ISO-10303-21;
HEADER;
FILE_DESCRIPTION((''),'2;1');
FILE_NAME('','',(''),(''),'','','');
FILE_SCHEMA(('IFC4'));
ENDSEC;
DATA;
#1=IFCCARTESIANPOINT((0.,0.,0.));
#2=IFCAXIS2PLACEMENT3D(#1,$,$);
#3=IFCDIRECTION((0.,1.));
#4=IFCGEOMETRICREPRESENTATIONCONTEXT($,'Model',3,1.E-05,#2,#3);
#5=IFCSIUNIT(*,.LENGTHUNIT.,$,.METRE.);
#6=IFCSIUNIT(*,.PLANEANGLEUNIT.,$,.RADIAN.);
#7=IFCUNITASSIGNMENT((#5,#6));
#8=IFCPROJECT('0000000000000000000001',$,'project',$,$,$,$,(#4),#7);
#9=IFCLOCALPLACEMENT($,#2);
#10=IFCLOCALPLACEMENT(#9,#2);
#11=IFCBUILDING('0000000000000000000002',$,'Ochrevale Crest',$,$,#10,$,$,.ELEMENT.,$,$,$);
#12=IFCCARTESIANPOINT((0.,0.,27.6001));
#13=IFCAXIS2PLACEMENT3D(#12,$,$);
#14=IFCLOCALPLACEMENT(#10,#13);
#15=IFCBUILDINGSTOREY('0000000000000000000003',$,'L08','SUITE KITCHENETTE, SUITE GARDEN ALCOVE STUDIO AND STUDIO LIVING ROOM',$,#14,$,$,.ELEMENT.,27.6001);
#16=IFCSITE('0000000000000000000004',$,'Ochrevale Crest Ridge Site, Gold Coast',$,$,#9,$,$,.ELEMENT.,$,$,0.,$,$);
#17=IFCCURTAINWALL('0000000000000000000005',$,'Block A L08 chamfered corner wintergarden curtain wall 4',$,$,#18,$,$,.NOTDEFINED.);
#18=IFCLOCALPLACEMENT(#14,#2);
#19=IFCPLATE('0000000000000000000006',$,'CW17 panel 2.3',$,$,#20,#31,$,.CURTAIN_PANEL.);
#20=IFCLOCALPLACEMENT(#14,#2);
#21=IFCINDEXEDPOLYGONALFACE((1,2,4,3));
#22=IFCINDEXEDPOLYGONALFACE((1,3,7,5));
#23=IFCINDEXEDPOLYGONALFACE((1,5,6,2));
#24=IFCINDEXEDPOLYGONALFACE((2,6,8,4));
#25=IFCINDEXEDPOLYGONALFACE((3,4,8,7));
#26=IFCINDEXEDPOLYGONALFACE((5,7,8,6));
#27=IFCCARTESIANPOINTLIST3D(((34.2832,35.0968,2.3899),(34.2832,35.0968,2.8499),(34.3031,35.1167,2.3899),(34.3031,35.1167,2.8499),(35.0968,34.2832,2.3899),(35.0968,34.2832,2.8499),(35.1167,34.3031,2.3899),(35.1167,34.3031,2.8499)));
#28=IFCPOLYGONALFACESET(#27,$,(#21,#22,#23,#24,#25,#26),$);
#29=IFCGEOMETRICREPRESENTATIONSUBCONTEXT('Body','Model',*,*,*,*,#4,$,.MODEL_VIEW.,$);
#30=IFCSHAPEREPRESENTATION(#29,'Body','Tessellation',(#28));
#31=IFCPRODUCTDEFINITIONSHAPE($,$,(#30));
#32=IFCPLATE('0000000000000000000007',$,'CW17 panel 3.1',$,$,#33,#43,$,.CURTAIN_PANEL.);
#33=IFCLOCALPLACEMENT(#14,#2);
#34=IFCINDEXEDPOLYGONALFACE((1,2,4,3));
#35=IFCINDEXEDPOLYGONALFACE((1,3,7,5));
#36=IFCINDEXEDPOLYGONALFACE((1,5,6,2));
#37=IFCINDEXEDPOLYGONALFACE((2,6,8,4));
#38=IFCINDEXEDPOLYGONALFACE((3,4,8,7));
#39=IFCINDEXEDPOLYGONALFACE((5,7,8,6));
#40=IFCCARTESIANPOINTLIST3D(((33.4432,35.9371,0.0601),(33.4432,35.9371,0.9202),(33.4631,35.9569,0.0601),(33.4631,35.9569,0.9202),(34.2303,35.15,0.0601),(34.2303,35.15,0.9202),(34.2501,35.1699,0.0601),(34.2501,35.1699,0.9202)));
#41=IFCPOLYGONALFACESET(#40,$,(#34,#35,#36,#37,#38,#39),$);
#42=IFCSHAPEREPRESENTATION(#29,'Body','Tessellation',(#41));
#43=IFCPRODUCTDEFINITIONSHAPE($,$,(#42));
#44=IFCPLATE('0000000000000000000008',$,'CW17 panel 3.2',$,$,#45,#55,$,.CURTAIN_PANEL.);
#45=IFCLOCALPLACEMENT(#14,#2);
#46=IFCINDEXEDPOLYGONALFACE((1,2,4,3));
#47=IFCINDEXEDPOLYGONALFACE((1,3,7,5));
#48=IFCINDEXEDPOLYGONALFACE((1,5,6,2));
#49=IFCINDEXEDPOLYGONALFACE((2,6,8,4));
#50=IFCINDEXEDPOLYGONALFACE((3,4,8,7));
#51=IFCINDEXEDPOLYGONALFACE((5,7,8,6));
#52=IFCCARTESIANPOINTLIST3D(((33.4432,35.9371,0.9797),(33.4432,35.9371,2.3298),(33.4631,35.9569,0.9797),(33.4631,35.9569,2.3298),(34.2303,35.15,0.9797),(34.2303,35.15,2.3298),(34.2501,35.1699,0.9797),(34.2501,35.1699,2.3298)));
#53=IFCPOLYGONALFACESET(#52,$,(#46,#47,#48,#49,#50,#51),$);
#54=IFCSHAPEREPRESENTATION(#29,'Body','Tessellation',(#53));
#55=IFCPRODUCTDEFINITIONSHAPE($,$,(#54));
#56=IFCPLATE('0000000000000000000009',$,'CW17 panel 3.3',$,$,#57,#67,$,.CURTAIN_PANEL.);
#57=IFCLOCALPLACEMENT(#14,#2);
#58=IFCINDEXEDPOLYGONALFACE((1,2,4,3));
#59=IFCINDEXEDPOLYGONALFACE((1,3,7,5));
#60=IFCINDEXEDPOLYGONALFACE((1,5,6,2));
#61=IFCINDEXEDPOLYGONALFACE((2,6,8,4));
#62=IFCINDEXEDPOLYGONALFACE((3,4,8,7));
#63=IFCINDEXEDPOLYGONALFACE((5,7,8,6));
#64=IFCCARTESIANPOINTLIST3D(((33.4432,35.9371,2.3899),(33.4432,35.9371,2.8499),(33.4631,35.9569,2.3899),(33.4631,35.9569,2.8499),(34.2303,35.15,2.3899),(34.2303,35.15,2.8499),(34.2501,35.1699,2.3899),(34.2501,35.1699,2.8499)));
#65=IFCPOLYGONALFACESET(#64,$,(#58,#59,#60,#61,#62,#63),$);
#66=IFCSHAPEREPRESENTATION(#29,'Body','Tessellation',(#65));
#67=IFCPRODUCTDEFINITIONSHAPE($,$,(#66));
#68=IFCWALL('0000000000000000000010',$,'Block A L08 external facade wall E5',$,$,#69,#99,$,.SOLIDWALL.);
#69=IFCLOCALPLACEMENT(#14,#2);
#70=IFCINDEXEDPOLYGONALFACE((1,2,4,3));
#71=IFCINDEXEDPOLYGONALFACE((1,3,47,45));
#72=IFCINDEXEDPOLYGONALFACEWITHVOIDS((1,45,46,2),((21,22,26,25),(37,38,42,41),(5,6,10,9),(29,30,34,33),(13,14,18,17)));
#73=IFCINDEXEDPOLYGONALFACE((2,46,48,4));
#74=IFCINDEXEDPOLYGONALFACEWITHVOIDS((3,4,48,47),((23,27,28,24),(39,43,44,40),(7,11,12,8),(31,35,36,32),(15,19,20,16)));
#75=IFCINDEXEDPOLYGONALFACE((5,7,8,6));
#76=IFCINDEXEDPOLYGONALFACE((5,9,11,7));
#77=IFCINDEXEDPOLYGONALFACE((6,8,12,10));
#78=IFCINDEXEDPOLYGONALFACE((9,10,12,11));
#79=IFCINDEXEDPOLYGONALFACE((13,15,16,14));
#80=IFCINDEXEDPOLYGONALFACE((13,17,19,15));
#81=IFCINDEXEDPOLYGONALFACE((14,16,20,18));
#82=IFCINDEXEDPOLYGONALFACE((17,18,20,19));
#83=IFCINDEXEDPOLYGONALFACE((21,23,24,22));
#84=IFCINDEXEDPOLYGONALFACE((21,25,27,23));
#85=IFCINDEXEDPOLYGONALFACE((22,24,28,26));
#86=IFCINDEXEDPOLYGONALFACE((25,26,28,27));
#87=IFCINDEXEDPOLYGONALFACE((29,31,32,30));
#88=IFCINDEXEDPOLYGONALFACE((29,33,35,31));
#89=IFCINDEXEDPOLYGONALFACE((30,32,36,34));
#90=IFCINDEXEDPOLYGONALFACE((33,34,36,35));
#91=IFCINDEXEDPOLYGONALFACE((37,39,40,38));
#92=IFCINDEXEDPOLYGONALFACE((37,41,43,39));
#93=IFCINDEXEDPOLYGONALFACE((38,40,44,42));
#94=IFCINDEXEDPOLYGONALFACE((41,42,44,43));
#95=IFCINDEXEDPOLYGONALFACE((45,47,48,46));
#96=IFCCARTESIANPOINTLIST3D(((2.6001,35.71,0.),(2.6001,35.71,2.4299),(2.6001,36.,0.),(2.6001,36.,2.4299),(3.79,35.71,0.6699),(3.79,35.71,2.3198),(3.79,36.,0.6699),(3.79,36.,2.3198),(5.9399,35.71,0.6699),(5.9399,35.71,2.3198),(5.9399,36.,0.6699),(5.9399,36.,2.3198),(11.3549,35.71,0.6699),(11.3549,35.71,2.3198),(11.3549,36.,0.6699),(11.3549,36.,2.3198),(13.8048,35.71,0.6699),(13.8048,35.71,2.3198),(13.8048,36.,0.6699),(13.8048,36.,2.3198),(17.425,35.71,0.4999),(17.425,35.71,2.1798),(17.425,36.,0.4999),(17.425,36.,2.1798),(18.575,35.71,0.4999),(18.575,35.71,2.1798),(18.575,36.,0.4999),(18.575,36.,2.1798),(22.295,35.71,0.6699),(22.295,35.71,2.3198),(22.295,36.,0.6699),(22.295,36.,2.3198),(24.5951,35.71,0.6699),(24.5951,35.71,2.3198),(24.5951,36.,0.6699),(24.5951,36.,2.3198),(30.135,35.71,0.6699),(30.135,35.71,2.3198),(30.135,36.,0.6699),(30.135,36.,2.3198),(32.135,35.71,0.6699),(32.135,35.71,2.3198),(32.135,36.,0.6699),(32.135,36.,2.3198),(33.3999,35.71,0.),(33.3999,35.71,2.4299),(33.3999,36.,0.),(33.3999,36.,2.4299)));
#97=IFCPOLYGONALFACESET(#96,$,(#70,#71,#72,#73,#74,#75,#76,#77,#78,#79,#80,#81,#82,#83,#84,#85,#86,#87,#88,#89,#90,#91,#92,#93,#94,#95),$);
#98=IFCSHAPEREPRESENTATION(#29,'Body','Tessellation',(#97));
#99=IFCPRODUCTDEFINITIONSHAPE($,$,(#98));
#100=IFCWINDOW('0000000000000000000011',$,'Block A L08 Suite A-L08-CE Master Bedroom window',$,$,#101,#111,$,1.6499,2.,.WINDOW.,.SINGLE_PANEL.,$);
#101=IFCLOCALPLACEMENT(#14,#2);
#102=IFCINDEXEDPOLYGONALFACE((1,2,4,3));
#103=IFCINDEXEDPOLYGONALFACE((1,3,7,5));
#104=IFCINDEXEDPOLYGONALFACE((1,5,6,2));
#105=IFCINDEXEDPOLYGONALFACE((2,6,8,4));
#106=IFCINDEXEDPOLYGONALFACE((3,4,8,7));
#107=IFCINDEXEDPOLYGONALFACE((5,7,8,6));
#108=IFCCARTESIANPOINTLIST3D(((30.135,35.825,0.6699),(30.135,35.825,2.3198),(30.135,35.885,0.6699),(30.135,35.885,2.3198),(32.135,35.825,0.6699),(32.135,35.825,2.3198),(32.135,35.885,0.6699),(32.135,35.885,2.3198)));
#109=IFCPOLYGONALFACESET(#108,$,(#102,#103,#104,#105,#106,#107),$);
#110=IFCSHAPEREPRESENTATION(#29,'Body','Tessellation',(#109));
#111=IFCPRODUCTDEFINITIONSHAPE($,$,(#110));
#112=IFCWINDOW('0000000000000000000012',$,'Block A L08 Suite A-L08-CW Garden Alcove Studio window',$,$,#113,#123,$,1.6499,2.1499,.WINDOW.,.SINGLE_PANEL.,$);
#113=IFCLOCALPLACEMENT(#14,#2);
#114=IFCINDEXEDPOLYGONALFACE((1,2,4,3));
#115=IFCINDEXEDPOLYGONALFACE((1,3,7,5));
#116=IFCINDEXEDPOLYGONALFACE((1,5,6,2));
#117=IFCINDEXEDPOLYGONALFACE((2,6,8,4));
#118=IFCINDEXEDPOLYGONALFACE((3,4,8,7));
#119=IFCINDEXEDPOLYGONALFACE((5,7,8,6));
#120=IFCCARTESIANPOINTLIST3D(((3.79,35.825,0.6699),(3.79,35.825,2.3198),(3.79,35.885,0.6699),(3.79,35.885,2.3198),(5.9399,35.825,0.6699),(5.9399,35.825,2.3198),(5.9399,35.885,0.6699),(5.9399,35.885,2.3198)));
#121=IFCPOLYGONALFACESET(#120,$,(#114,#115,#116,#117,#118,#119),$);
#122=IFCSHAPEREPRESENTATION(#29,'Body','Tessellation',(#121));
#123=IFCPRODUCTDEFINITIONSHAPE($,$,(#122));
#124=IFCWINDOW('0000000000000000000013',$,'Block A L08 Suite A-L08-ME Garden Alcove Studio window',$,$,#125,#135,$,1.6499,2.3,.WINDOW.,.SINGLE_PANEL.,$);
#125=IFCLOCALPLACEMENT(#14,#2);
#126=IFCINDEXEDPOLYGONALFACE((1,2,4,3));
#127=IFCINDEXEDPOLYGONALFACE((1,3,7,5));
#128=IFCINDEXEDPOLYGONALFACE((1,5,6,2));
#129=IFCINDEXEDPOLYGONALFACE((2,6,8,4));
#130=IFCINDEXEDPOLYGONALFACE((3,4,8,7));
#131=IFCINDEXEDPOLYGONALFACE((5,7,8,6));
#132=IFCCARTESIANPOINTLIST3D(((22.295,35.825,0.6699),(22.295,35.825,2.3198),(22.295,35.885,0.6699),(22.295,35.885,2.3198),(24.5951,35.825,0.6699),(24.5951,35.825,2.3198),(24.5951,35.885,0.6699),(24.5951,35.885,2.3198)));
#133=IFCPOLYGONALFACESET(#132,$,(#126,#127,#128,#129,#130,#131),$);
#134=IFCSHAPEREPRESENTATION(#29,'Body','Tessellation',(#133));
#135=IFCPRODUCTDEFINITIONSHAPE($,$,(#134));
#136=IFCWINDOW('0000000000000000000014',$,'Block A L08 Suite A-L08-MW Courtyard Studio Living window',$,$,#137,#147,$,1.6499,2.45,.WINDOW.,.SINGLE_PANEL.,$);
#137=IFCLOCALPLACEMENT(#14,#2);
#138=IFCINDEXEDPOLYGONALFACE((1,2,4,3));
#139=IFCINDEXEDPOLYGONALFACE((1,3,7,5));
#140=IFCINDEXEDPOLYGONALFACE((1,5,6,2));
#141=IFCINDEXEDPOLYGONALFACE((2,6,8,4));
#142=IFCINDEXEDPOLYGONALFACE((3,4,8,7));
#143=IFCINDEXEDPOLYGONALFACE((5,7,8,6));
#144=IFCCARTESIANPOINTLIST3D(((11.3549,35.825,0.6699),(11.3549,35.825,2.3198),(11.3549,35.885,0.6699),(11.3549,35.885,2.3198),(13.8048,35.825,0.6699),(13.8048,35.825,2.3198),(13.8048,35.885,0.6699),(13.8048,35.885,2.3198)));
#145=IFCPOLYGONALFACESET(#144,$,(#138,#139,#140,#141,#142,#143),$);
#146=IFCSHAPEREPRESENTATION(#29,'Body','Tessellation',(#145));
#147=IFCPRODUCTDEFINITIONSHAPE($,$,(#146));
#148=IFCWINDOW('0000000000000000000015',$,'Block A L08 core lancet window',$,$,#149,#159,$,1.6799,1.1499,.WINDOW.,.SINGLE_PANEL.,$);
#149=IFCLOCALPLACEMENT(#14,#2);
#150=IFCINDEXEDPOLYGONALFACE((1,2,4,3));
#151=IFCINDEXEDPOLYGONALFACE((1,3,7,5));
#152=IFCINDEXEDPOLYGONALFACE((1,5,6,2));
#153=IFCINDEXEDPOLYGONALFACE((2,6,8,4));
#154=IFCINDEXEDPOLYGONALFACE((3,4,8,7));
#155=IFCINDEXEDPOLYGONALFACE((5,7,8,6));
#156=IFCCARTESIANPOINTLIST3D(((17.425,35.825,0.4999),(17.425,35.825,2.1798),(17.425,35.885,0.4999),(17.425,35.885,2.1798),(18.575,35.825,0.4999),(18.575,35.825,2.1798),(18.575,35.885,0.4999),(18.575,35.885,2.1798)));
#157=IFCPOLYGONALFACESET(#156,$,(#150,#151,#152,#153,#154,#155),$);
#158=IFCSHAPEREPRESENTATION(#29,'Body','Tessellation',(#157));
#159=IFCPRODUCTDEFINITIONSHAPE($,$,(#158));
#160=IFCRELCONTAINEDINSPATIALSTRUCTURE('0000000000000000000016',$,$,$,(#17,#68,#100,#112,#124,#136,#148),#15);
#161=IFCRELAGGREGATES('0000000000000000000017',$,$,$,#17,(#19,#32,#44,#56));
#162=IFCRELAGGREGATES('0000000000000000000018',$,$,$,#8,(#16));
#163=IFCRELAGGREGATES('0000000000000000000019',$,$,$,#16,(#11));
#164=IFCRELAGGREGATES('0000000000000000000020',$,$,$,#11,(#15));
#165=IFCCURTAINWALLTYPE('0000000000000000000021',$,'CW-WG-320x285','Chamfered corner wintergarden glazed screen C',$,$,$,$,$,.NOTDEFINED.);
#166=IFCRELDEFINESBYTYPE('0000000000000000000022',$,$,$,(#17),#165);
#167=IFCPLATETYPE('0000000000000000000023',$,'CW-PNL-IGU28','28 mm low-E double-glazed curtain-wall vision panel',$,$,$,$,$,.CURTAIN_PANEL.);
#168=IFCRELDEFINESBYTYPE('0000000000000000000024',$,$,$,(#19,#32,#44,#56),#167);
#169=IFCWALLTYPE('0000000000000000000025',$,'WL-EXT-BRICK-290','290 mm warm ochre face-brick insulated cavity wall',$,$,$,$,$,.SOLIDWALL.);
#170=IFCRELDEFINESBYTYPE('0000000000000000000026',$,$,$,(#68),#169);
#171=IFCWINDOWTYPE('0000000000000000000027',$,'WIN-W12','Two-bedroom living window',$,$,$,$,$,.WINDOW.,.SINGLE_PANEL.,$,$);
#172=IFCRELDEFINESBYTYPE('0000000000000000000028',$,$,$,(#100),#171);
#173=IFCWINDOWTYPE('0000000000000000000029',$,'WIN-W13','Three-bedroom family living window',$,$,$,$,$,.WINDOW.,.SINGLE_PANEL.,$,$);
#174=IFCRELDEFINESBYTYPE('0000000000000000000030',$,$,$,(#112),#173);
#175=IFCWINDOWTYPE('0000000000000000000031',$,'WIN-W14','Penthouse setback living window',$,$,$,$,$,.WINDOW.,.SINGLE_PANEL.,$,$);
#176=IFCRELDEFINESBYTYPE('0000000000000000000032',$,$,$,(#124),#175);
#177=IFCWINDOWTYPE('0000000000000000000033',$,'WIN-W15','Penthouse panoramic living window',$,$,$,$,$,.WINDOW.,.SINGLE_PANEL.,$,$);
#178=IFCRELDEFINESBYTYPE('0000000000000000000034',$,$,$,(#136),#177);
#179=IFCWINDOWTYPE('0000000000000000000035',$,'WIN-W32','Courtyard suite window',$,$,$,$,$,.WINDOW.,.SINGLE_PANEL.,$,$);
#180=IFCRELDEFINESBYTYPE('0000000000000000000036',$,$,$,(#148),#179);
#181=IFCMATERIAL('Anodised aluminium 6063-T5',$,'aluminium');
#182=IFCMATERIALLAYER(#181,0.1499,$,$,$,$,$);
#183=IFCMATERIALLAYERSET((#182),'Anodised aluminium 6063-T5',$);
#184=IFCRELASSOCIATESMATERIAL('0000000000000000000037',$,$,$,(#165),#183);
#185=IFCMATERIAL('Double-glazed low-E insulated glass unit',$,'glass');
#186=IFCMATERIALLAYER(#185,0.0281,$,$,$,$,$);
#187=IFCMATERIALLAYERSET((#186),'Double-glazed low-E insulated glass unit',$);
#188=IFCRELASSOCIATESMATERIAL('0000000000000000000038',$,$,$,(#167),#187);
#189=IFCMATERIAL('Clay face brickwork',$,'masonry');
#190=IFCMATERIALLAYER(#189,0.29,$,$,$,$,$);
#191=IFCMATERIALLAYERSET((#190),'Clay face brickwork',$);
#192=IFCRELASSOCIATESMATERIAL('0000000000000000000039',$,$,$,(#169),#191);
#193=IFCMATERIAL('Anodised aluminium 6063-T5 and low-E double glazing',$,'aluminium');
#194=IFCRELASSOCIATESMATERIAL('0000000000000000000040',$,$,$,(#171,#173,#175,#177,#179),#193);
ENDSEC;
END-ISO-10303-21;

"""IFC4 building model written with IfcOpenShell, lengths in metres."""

from ifc_helpers import new_model, si_unit, direction, frame, frame_2d, origin, origin_2d, place, context, subcontext, project, spatial, rectangle, extrude, material, layer, layer_set, type_object, element, fill, aggregate, save


model = new_model("IFC4")

# Units and contexts
model_context = context("Model", 3, precision=1e-05, world=origin(), true_north=direction((0.0, 1.0)))
body_context = subcontext(model_context, "Body", "Model", "MODEL_VIEW")
ifc_project = project(units=[si_unit("LENGTHUNIT", "METRE"), si_unit("PLANEANGLEUNIT", "RADIAN")], contexts=[model_context])

# Site, building, storey
site_placement = place(None, origin())
site = spatial("IfcSite", under=ifc_project, at=site_placement, Name="Ochrevale Crest Ridge Site, Gold Coast", CompositionType="ELEMENT", RefElevation=0.0)
building_placement = place(site_placement, origin())
building = spatial("IfcBuilding", under=site, at=building_placement, Name="Ochrevale Crest", CompositionType="ELEMENT")
storey_placement = place(building_placement, frame((0.0, 0.0, 27.6001)))
storey = spatial("IfcBuildingStorey", under=building, at=storey_placement, Name="L08", Description="SUITE KITCHENETTE, SUITE GARDEN ALCOVE STUDIO AND STUDIO LIVING ROOM", CompositionType="ELEMENT", Elevation=27.6001)

# Curtain wall, plates
ifc_material_1 = material(Name="Anodised aluminium 6063-T5", Category="aluminium")
ifc_layer_1 = layer(ifc_material_1, 0.1499)
ifc_layer_set_1 = layer_set([ifc_layer_1], Name="Anodised aluminium 6063-T5")
curtain_wall_type = type_object("IfcCurtainWallType", Name="CW-WG-320x285", Description="Chamfered corner wintergarden glazed screen C", PredefinedType="NOTDEFINED", material=ifc_layer_set_1)
curtain_wall_placement = place(storey_placement, origin())
curtain_wall = element("IfcCurtainWall", 1, at=curtain_wall_placement, inside=storey, type_object=curtain_wall_type, Name="Block A L08 chamfered corner wintergarden curtain wall 4", PredefinedType="NOTDEFINED")
ifc_material_2 = material(Name="Double-glazed low-E insulated glass unit", Category="glass")
ifc_layer_2 = layer(ifc_material_2, 0.0281)
ifc_layer_set_2 = layer_set([ifc_layer_2], Name="Double-glazed low-E insulated glass unit")
plate_type = type_object("IfcPlateType", Name="CW-PNL-IGU28", Description="28 mm low-E double-glazed curtain-wall vision panel", PredefinedType="CURTAIN_PANEL", material=ifc_layer_set_2)
plate_1_placement = place(storey_placement, frame((34.7, 34.7, 2.3899), z_axis=(0.0, 0.0, 1.0), x_axis=(-0.707107, 0.707107, 0.0)))
plate_1 = element("IfcPlate", 2, at=plate_1_placement, type_object=plate_type, Name="CW17 panel 2.3", PredefinedType="CURTAIN_PANEL", context=body_context, shape_type="SweptSolid", body=[
    extrude(rectangle(XDim=1.1506, YDim=0.0281, at=origin_2d()), origin(), (0.0, 0.0, 1.0), 0.46),
])
plate_2_placement = place(storey_placement, frame((33.8467, 35.5535, 0.0601), z_axis=(0.0, 0.0, 1.0), x_axis=(-0.707107, 0.707107, 0.0)))
plate_2 = element("IfcPlate", 3, at=plate_2_placement, type_object=plate_type, Name="CW17 panel 3.1", PredefinedType="CURTAIN_PANEL", context=body_context, shape_type="SweptSolid", body=[
    extrude(rectangle(XDim=1.113, YDim=0.0281, at=origin_2d()), origin(), (0.0, 0.0, 1.0), 0.8601),
])
plate_3_placement = place(storey_placement, frame((33.8467, 35.5535, 0.9797), z_axis=(0.0, 0.0, 1.0), x_axis=(-0.707107, 0.707107, 0.0)))
plate_3 = element("IfcPlate", 4, at=plate_3_placement, type_object=plate_type, Name="CW17 panel 3.2", PredefinedType="CURTAIN_PANEL", context=body_context, shape_type="SweptSolid", body=[
    extrude(rectangle(XDim=1.113, YDim=0.0281, at=origin_2d()), origin(), (0.0, 0.0, 1.0), 1.3501),
])
plate_4_placement = place(storey_placement, frame((33.8467, 35.5535, 2.3899), z_axis=(0.0, 0.0, 1.0), x_axis=(-0.707107, 0.707107, 0.0)))
plate_4 = element("IfcPlate", 5, at=plate_4_placement, type_object=plate_type, Name="CW17 panel 3.3", PredefinedType="CURTAIN_PANEL", context=body_context, shape_type="SweptSolid", body=[
    extrude(rectangle(XDim=1.113, YDim=0.0281, at=origin_2d()), origin(), (0.0, 0.0, 1.0), 0.46),
])
aggregate(curtain_wall, [plate_1, plate_2, plate_3, plate_4])

# Wall, openings, windows
ifc_material_3 = material(Name="Clay face brickwork", Category="masonry")
ifc_layer_3 = layer(ifc_material_3, 0.29)
ifc_layer_set_3 = layer_set([ifc_layer_3], Name="Clay face brickwork")
wall_type = type_object("IfcWallType", Name="WL-EXT-BRICK-290", Description="290 mm warm ochre face-brick insulated cavity wall", PredefinedType="SOLIDWALL", material=ifc_layer_set_3)
wall_placement = place(storey_placement, frame((33.3999, 35.855, 0.0), z_axis=(0.0, 0.0, 1.0), x_axis=(-1.0, 0.0, 0.0)))
wall = element("IfcWall", 6, at=wall_placement, inside=storey, type_object=wall_type, Name="Block A L08 external facade wall E5", PredefinedType="SOLIDWALL", context=body_context, shape_type="SweptSolid", body=[
    extrude(rectangle(XDim=30.7998, YDim=0.29, at=frame_2d((15.3999, 0.0))), origin(), (0.0, 0.0, 1.0), 2.4299),
])
opening_1_placement = place(wall_placement, frame((14.825, 0.0, 0.5)))
opening_1 = element("IfcOpeningElement", 7, at=opening_1_placement, cuts=wall, PredefinedType="OPENING", context=body_context, shape_type="SweptSolid", body=[
    extrude(rectangle(XDim=1.1499, YDim=1.6799, at=frame_2d((0.575, 0.8398))), frame((0.0, 0.155, 0.0), z_axis=(0.0, -1.0, 0.0), x_axis=(1.0, 0.0, 0.0)), (0.0, 0.0, 1.0), 0.3101),
])
opening_2_placement = place(wall_placement, frame((1.2649, 0.0, 0.6699)))
opening_2 = element("IfcOpeningElement", 8, at=opening_2_placement, cuts=wall, PredefinedType="OPENING", context=body_context, shape_type="SweptSolid", body=[
    extrude(rectangle(XDim=2.0, YDim=1.6499, at=frame_2d((1.0, 0.825))), frame((0.0, 0.155, 0.0), z_axis=(0.0, -1.0, 0.0), x_axis=(1.0, 0.0, 0.0)), (0.0, 0.0, 1.0), 0.3101),
])
opening_3_placement = place(wall_placement, frame((27.46, 0.0, 0.6699)))
opening_3 = element("IfcOpeningElement", 9, at=opening_3_placement, cuts=wall, PredefinedType="OPENING", context=body_context, shape_type="SweptSolid", body=[
    extrude(rectangle(XDim=2.1499, YDim=1.6499, at=frame_2d((1.075, 0.825))), frame((0.0, 0.155, 0.0), z_axis=(0.0, -1.0, 0.0), x_axis=(1.0, 0.0, 0.0)), (0.0, 0.0, 1.0), 0.3101),
])
opening_4_placement = place(wall_placement, frame((8.8049, 0.0, 0.6699)))
opening_4 = element("IfcOpeningElement", 10, at=opening_4_placement, cuts=wall, PredefinedType="OPENING", context=body_context, shape_type="SweptSolid", body=[
    extrude(rectangle(XDim=2.3, YDim=1.6499, at=frame_2d((1.1499, 0.825))), frame((0.0, 0.155, 0.0), z_axis=(0.0, -1.0, 0.0), x_axis=(1.0, 0.0, 0.0)), (0.0, 0.0, 1.0), 0.3101),
])
opening_5_placement = place(wall_placement, frame((19.595, 0.0, 0.6699)))
opening_5 = element("IfcOpeningElement", 11, at=opening_5_placement, cuts=wall, PredefinedType="OPENING", context=body_context, shape_type="SweptSolid", body=[
    extrude(rectangle(XDim=2.45, YDim=1.6499, at=frame_2d((1.2251, 0.825))), frame((0.0, 0.155, 0.0), z_axis=(0.0, -1.0, 0.0), x_axis=(1.0, 0.0, 0.0)), (0.0, 0.0, 1.0), 0.3101),
])
ifc_material_4 = material(Name="Anodised aluminium 6063-T5 and low-E double glazing", Category="aluminium")
window_type_1 = type_object("IfcWindowType", Name="WIN-W12", Description="Two-bedroom living window", PartitioningType="SINGLE_PANEL", PredefinedType="WINDOW", material=ifc_material_4)
window_1_placement = place(opening_2_placement, origin())
window_1 = element("IfcWindow", 12, at=window_1_placement, inside=storey, type_object=window_type_1, Name="Block A L08 Suite A-L08-CE Master Bedroom window", OverallHeight=1.6499, OverallWidth=2.0, PartitioningType="SINGLE_PANEL", PredefinedType="WINDOW", context=body_context, shape_type="SweptSolid", body=[
    extrude(rectangle(XDim=2.0, YDim=1.6499, at=frame_2d((1.0, 0.825))), frame((0.0, 0.03, 0.0), z_axis=(0.0, -1.0, 0.0), x_axis=(1.0, 0.0, 0.0)), (0.0, 0.0, 1.0), 0.0601),
])
fill(opening_2, window_1)
window_type_2 = type_object("IfcWindowType", Name="WIN-W13", Description="Three-bedroom family living window", PartitioningType="SINGLE_PANEL", PredefinedType="WINDOW", material=ifc_material_4)
window_2_placement = place(opening_3_placement, origin())
window_2 = element("IfcWindow", 13, at=window_2_placement, inside=storey, type_object=window_type_2, Name="Block A L08 Suite A-L08-CW Garden Alcove Studio window", OverallHeight=1.6499, OverallWidth=2.1499, PartitioningType="SINGLE_PANEL", PredefinedType="WINDOW", context=body_context, shape_type="SweptSolid", body=[
    extrude(rectangle(XDim=2.1499, YDim=1.6499, at=frame_2d((1.075, 0.825))), frame((0.0, 0.03, 0.0), z_axis=(0.0, -1.0, 0.0), x_axis=(1.0, 0.0, 0.0)), (0.0, 0.0, 1.0), 0.0601),
])
fill(opening_3, window_2)
window_type_3 = type_object("IfcWindowType", Name="WIN-W14", Description="Penthouse setback living window", PartitioningType="SINGLE_PANEL", PredefinedType="WINDOW", material=ifc_material_4)
window_3_placement = place(opening_4_placement, origin())
window_3 = element("IfcWindow", 14, at=window_3_placement, inside=storey, type_object=window_type_3, Name="Block A L08 Suite A-L08-ME Garden Alcove Studio window", OverallHeight=1.6499, OverallWidth=2.3, PartitioningType="SINGLE_PANEL", PredefinedType="WINDOW", context=body_context, shape_type="SweptSolid", body=[
    extrude(rectangle(XDim=2.3, YDim=1.6499, at=frame_2d((1.1499, 0.825))), frame((0.0, 0.03, 0.0), z_axis=(0.0, -1.0, 0.0), x_axis=(1.0, 0.0, 0.0)), (0.0, 0.0, 1.0), 0.0601),
])
fill(opening_4, window_3)
window_type_4 = type_object("IfcWindowType", Name="WIN-W15", Description="Penthouse panoramic living window", PartitioningType="SINGLE_PANEL", PredefinedType="WINDOW", material=ifc_material_4)
window_4_placement = place(opening_5_placement, origin())
window_4 = element("IfcWindow", 15, at=window_4_placement, inside=storey, type_object=window_type_4, Name="Block A L08 Suite A-L08-MW Courtyard Studio Living window", OverallHeight=1.6499, OverallWidth=2.45, PartitioningType="SINGLE_PANEL", PredefinedType="WINDOW", context=body_context, shape_type="SweptSolid", body=[
    extrude(rectangle(XDim=2.45, YDim=1.6499, at=frame_2d((1.2251, 0.825))), frame((0.0, 0.03, 0.0), z_axis=(0.0, -1.0, 0.0), x_axis=(1.0, 0.0, 0.0)), (0.0, 0.0, 1.0), 0.0601),
])
fill(opening_5, window_4)
window_type_5 = type_object("IfcWindowType", Name="WIN-W32", Description="Courtyard suite window", PartitioningType="SINGLE_PANEL", PredefinedType="WINDOW", material=ifc_material_4)
window_5_placement = place(opening_1_placement, origin())
window_5 = element("IfcWindow", 16, at=window_5_placement, inside=storey, type_object=window_type_5, Name="Block A L08 core lancet window", OverallHeight=1.6799, OverallWidth=1.1499, PartitioningType="SINGLE_PANEL", PredefinedType="WINDOW", context=body_context, shape_type="SweptSolid", body=[
    extrude(rectangle(XDim=1.1499, YDim=1.6799, at=frame_2d((0.575, 0.8398))), frame((0.0, 0.03, 0.0), z_axis=(0.0, -1.0, 0.0), x_axis=(1.0, 0.0, 0.0)), (0.0, 0.0, 1.0), 0.0601),
])
fill(opening_1, window_5)

save(model, "model.ifc")
